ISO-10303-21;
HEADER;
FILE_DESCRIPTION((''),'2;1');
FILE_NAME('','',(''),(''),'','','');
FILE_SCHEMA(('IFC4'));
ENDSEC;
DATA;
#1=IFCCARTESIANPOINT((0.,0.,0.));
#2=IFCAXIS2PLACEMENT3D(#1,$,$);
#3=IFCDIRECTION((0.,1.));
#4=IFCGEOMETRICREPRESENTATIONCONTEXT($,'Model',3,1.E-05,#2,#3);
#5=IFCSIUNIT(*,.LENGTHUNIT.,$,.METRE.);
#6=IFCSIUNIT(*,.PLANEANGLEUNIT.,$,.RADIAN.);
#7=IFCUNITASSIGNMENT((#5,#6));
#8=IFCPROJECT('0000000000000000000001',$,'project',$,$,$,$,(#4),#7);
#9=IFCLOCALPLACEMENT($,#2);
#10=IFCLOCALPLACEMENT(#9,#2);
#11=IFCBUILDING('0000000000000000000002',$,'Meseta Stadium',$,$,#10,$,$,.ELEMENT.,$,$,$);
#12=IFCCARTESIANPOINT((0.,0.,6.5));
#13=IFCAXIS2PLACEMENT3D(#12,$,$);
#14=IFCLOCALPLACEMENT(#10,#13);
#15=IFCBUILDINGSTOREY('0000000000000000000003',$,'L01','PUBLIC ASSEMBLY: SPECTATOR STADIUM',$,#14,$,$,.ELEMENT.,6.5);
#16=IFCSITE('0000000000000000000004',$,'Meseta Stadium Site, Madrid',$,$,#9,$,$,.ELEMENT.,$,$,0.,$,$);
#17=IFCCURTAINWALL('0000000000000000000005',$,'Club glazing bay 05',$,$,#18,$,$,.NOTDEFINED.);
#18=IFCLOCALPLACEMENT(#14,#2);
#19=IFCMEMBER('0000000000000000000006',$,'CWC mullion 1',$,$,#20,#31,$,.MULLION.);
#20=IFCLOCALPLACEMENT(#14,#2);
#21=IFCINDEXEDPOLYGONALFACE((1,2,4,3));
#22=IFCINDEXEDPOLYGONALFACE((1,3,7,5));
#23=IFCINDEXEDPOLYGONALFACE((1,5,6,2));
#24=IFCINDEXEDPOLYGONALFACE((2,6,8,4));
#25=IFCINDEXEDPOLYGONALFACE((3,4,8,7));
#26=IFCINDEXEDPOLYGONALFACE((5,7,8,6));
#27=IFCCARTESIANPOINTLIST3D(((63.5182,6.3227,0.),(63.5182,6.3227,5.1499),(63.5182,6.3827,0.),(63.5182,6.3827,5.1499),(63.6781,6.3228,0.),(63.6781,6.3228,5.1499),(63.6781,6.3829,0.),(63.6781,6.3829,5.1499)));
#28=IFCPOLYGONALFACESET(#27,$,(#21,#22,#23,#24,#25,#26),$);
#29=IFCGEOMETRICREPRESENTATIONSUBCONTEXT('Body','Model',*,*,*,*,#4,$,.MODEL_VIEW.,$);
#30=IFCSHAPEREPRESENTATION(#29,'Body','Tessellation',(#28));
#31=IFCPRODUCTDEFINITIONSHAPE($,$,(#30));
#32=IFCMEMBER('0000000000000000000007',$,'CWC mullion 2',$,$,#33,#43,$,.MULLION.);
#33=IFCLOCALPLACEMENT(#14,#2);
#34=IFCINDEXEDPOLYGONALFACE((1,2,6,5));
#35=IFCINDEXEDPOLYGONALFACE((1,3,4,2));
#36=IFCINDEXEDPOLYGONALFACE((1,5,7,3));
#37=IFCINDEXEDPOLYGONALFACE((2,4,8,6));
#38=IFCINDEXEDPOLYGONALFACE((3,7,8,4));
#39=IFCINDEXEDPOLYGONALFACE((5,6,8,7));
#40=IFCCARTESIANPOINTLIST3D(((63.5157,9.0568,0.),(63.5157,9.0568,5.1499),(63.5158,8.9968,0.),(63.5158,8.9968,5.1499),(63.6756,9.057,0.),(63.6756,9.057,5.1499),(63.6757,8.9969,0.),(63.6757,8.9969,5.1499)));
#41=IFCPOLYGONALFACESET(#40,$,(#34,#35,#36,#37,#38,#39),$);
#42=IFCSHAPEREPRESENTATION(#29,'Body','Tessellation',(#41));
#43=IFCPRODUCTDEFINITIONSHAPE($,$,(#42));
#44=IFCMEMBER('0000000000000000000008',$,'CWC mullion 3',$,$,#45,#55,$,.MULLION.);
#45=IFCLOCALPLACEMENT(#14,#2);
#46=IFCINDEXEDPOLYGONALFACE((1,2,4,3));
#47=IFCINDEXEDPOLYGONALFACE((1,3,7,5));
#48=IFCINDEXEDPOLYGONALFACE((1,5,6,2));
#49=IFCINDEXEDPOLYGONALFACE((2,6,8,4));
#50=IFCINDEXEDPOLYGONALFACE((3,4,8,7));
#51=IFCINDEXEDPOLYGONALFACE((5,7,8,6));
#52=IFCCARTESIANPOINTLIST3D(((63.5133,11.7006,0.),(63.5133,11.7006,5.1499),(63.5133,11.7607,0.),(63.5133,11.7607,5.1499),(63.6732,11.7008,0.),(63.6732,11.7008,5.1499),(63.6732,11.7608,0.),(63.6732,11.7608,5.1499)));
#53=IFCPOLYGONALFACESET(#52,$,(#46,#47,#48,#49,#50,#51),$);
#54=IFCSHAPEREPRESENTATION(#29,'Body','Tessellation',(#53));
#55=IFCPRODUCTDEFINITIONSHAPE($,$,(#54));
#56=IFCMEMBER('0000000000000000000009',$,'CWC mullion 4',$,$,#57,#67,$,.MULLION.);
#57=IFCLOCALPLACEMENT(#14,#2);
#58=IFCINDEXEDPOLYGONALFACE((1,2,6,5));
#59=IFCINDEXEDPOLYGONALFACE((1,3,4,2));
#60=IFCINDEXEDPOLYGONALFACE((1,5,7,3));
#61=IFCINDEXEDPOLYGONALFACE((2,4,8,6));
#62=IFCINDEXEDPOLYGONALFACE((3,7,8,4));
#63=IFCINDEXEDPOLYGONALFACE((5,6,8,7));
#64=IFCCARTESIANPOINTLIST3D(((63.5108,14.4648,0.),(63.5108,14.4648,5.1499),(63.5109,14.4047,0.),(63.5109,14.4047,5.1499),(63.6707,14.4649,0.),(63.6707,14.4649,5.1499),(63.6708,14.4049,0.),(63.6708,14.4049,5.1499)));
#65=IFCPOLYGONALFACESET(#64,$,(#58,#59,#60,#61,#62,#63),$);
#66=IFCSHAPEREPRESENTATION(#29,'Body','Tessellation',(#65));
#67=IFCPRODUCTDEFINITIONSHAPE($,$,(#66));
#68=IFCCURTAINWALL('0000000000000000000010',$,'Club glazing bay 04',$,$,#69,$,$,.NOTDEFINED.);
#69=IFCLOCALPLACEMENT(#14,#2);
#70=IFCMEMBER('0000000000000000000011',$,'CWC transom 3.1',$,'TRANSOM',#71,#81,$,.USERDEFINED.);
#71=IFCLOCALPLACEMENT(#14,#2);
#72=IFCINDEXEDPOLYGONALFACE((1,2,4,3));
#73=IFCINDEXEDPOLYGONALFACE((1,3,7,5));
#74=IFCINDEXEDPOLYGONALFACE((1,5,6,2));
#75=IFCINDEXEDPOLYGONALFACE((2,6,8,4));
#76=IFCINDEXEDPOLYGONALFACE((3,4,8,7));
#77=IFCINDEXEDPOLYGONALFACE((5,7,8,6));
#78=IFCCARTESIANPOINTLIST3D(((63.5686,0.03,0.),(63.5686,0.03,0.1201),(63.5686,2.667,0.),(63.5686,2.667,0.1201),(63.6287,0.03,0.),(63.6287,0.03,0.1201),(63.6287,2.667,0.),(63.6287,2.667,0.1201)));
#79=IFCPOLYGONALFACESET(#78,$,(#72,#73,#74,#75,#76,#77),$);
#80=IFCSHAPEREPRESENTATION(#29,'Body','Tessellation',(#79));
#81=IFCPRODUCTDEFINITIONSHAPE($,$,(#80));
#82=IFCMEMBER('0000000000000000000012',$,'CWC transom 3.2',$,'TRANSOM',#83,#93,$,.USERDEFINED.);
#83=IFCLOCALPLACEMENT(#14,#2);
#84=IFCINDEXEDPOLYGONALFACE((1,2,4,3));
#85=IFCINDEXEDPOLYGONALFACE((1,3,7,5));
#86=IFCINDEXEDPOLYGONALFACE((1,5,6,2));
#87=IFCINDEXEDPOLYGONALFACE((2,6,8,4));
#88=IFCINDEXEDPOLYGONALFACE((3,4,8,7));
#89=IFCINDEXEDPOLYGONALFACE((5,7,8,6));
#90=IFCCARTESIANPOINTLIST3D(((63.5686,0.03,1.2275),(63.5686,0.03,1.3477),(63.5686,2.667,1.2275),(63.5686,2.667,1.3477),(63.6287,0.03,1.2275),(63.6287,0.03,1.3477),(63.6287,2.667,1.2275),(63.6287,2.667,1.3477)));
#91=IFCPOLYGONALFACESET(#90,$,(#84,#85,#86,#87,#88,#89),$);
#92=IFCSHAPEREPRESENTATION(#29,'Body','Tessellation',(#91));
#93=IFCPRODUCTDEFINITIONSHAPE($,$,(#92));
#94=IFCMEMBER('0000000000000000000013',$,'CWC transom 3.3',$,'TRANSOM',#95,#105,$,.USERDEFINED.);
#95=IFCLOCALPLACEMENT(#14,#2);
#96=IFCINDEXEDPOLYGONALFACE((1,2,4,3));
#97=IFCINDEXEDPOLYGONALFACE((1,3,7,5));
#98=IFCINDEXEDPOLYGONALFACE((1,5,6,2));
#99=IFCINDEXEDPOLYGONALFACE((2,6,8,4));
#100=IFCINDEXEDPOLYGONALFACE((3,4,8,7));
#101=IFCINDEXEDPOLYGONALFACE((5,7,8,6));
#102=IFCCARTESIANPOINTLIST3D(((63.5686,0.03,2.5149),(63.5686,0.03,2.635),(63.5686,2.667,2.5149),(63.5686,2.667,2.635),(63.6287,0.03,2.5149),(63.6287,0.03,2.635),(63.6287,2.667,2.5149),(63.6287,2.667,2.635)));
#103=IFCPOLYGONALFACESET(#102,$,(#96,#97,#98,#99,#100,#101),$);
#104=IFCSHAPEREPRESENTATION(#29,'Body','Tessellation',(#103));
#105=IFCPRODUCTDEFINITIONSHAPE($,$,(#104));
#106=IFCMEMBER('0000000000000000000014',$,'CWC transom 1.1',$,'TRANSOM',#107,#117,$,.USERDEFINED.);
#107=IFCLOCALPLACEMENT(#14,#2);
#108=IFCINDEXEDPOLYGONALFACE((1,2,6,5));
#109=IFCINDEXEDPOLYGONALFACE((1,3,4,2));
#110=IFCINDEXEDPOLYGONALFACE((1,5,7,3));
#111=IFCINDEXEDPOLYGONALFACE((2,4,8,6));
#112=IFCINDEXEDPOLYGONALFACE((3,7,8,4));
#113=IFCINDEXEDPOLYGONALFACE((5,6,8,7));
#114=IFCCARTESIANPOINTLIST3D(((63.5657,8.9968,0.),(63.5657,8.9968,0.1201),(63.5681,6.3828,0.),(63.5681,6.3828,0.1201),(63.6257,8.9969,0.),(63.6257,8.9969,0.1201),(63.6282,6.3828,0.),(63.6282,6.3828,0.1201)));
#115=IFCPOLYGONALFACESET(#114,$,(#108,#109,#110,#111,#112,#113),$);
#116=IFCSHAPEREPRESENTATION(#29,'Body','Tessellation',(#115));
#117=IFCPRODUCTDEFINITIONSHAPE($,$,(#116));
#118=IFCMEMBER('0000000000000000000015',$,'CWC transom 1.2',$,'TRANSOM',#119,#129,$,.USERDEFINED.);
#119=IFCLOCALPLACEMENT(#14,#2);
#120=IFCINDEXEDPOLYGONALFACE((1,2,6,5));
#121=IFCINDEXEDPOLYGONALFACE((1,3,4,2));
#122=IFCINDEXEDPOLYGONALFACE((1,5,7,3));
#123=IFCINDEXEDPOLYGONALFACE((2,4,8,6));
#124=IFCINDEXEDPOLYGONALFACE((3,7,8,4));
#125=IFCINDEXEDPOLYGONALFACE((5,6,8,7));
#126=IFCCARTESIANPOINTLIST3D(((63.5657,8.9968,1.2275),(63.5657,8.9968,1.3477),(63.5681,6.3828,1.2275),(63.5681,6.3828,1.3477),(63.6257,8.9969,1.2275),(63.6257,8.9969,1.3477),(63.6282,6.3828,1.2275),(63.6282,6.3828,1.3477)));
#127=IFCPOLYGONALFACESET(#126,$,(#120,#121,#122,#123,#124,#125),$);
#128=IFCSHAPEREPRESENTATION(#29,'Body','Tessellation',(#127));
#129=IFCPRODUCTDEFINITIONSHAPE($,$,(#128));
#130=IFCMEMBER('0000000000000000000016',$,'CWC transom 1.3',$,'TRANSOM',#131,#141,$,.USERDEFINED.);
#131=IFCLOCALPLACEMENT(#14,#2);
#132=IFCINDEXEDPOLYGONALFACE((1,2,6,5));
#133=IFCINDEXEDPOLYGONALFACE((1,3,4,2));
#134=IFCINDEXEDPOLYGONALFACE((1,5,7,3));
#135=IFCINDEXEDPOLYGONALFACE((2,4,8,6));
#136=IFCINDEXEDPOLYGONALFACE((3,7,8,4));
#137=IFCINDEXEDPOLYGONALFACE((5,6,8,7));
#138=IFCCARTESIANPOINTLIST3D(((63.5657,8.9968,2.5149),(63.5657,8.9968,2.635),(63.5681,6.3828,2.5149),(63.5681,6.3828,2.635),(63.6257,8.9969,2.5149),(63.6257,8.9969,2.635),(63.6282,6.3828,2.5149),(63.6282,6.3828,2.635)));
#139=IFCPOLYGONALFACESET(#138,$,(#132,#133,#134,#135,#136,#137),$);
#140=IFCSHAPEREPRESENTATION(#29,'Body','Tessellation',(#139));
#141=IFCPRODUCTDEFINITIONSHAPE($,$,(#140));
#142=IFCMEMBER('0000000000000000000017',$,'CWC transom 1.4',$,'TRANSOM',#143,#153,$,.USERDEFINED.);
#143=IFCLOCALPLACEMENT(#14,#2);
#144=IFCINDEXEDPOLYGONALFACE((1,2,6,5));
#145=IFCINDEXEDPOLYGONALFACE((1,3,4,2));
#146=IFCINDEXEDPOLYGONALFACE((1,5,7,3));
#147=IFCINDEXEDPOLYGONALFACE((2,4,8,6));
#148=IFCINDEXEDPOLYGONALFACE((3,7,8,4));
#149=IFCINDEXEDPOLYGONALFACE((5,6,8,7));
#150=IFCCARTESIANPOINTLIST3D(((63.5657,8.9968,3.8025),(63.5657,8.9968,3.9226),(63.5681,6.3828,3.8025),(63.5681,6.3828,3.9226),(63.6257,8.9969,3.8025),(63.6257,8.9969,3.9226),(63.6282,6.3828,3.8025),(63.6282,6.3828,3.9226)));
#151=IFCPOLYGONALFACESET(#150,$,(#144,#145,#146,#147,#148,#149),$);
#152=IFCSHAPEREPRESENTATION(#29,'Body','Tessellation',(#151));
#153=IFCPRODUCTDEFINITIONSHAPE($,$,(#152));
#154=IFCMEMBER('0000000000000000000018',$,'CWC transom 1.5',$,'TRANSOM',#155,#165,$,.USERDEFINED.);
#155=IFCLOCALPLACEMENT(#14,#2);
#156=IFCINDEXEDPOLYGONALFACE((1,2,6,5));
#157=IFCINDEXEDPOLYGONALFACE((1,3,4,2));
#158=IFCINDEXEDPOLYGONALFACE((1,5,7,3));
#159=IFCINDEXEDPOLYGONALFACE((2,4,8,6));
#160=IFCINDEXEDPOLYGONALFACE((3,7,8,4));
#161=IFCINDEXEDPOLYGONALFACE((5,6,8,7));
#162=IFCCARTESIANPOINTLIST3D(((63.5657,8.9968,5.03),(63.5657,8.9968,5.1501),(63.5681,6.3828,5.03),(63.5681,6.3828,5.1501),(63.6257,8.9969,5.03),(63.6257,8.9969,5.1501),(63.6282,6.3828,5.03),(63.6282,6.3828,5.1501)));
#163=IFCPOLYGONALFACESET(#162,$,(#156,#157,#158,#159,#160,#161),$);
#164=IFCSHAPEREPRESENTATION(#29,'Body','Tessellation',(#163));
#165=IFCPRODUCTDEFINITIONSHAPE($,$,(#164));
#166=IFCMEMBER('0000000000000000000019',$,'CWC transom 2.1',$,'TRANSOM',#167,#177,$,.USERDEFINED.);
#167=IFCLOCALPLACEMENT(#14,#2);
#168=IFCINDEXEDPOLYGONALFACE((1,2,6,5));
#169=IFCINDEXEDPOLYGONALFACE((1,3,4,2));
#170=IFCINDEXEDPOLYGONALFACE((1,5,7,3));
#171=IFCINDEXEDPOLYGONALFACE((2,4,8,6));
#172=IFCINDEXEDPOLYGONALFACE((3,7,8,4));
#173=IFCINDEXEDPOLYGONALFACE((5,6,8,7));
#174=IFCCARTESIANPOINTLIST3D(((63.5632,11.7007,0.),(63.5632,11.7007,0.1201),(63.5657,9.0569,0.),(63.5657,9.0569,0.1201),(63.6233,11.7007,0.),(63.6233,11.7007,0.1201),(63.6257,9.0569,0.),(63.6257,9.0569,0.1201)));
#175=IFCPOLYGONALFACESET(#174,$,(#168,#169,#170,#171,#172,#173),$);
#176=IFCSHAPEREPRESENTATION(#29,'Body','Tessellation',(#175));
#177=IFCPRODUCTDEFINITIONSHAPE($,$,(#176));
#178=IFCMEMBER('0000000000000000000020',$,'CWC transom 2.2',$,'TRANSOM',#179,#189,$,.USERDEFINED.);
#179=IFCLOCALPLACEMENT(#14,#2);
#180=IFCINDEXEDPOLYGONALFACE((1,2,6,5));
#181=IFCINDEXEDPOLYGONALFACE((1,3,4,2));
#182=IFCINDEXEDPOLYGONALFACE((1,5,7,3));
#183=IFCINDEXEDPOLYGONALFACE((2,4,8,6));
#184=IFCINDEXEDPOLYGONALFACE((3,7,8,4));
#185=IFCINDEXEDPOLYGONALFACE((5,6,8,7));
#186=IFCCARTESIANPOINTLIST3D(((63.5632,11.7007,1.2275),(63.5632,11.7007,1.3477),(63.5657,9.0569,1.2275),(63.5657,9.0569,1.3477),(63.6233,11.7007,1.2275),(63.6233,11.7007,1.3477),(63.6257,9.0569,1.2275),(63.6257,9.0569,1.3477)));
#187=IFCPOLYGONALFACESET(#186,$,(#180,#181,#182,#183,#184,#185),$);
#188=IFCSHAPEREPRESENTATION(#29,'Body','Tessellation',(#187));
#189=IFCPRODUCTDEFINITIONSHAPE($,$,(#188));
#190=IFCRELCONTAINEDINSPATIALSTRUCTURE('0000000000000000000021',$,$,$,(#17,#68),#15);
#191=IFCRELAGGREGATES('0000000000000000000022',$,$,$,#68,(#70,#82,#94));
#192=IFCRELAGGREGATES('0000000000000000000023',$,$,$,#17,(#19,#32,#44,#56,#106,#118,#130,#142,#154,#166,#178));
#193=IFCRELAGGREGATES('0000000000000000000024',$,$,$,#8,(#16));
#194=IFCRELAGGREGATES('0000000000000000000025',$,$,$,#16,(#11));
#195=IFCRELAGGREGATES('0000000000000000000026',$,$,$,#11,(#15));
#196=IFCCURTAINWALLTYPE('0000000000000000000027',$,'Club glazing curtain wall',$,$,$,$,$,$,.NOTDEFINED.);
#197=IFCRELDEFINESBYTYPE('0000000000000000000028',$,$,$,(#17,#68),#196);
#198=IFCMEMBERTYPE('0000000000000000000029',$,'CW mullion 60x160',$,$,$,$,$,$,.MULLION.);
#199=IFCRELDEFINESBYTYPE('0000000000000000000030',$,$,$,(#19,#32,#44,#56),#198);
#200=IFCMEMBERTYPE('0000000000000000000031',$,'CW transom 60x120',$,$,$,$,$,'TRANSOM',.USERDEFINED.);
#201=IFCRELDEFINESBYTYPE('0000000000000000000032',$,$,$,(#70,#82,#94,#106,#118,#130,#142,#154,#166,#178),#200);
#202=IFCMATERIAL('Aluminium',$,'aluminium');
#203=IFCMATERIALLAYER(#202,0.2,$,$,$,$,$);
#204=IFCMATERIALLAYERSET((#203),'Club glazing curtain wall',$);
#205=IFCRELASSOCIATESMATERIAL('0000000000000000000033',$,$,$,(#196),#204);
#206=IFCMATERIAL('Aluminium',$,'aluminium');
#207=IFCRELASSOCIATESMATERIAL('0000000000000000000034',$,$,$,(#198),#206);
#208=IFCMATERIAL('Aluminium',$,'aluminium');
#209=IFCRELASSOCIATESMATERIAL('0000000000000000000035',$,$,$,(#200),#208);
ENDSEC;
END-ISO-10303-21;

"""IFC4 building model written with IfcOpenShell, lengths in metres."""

from ifc_helpers import new_model, si_unit, direction, frame, origin, origin_2d, place, context, subcontext, project, spatial, rectangle, extrude, material, layer, layer_set, material_profile, profile_set, type_object, element, aggregate, save


model = new_model("IFC4")

# Units and contexts
model_context = context("Model", 3, precision=1e-05, world=origin(), true_north=direction((0.0, 1.0)))
body_context = subcontext(model_context, "Body", "Model", "MODEL_VIEW")
ifc_project = project(units=[si_unit("LENGTHUNIT", "METRE"), si_unit("PLANEANGLEUNIT", "RADIAN")], contexts=[model_context])

# Site, building, storey
site_placement = place(None, origin())
site = spatial("IfcSite", under=ifc_project, at=site_placement, Name="Meseta Stadium Site, Madrid", CompositionType="ELEMENT", RefElevation=0.0)
building_placement = place(site_placement, origin())
building = spatial("IfcBuilding", under=site, at=building_placement, Name="Meseta Stadium", CompositionType="ELEMENT")
storey_placement = place(building_placement, frame((0.0, 0.0, 6.5)))
storey = spatial("IfcBuildingStorey", under=building, at=storey_placement, Name="L01", Description="PUBLIC ASSEMBLY: SPECTATOR STADIUM", CompositionType="ELEMENT", Elevation=6.5)

# Curtain walls, members
ifc_material_1 = material(Name="Aluminium", Category="aluminium")
ifc_layer_1 = layer(ifc_material_1, 0.2)
ifc_layer_set_1 = layer_set([ifc_layer_1], Name="Club glazing curtain wall")
curtain_wall_type = type_object("IfcCurtainWallType", Name="Club glazing curtain wall", PredefinedType="NOTDEFINED", material=ifc_layer_set_1)
curtain_wall_1_placement = place(storey_placement, origin())
curtain_wall_1 = element("IfcCurtainWall", 1, at=curtain_wall_1_placement, inside=storey, type_object=curtain_wall_type, Name="Club glazing bay 05", PredefinedType="NOTDEFINED")
ifc_material_2 = material(Name="Aluminium", Category="aluminium")
ifc_material_profile_1 = material_profile(ifc_material_2, rectangle(XDim=0.1599, YDim=0.0601, at=origin_2d()), Name="CW 160x60")
ifc_profile_set_1 = profile_set([ifc_material_profile_1], Name="Aluminium")
member_type_1 = type_object("IfcMemberType", Name="CW mullion 60x160", PredefinedType="MULLION", material=ifc_profile_set_1)
member_1_placement = place(storey_placement, frame((63.5981, 6.3528, 0.0), z_axis=(0.0, 0.0, 1.0), x_axis=(-1.0, -0.000925, 0.0)))
member_1 = element("IfcMember", 2, at=member_1_placement, type_object=member_type_1, Name="CWC mullion 1", PredefinedType="MULLION", context=body_context, shape_type="SweptSolid", body=[
    extrude(rectangle(XDim=0.1599, YDim=0.0601, at=origin_2d()), origin(), (0.0, 0.0, 1.0), 5.1499),
])
member_2_placement = place(storey_placement, frame((63.5957, 9.0269, 0.0), z_axis=(0.0, 0.0, 1.0), x_axis=(-1.0, -0.000925, 0.0)))
member_2 = element("IfcMember", 3, at=member_2_placement, type_object=member_type_1, Name="CWC mullion 2", PredefinedType="MULLION", context=body_context, shape_type="SweptSolid", body=[
    extrude(rectangle(XDim=0.1599, YDim=0.0601, at=origin_2d()), origin(), (0.0, 0.0, 1.0), 5.1499),
])
member_3_placement = place(storey_placement, frame((63.5933, 11.7307, 0.0), z_axis=(0.0, 0.0, 1.0), x_axis=(-1.0, -0.000925, 0.0)))
member_3 = element("IfcMember", 4, at=member_3_placement, type_object=member_type_1, Name="CWC mullion 3", PredefinedType="MULLION", context=body_context, shape_type="SweptSolid", body=[
    extrude(rectangle(XDim=0.1599, YDim=0.0601, at=origin_2d()), origin(), (0.0, 0.0, 1.0), 5.1499),
])
member_4_placement = place(storey_placement, frame((63.5908, 14.4348, 0.0), z_axis=(0.0, 0.0, 1.0), x_axis=(-1.0, -0.000925, 0.0)))
member_4 = element("IfcMember", 5, at=member_4_placement, type_object=member_type_1, Name="CWC mullion 4", PredefinedType="MULLION", context=body_context, shape_type="SweptSolid", body=[
    extrude(rectangle(XDim=0.1599, YDim=0.0601, at=origin_2d()), origin(), (0.0, 0.0, 1.0), 5.1499),
])
curtain_wall_2_placement = place(storey_placement, origin())
curtain_wall_2 = element("IfcCurtainWall", 6, at=curtain_wall_2_placement, inside=storey, type_object=curtain_wall_type, Name="Club glazing bay 04", PredefinedType="NOTDEFINED")
ifc_material_3 = material(Name="Aluminium", Category="aluminium")
ifc_material_profile_2 = material_profile(ifc_material_3, rectangle(XDim=0.0601, YDim=0.1201, at=origin_2d()), Name="CW 60x120")
ifc_profile_set_2 = profile_set([ifc_material_profile_2], Name="Aluminium")
member_type_2 = type_object("IfcMemberType", Name="CW transom 60x120", ElementType="TRANSOM", PredefinedType="USERDEFINED", material=ifc_profile_set_2)
member_5_placement = place(storey_placement, frame((63.5986, 0.03, 0.0601), z_axis=(0.0, 1.0, 0.0), x_axis=(-1.0, 0.0, 0.0)))
member_5 = element("IfcMember", 7, at=member_5_placement, type_object=member_type_2, Name="CWC transom 3.1", ObjectType="TRANSOM", PredefinedType="USERDEFINED", context=body_context, shape_type="SweptSolid", body=[
    extrude(rectangle(XDim=0.0601, YDim=0.1201, at=origin_2d()), origin(), (0.0, 0.0, 1.0), 2.637),
])
member_6_placement = place(storey_placement, frame((63.5986, 0.03, 1.2876), z_axis=(0.0, 1.0, 0.0), x_axis=(-1.0, 0.0, 0.0)))
member_6 = element("IfcMember", 8, at=member_6_placement, type_object=member_type_2, Name="CWC transom 3.2", ObjectType="TRANSOM", PredefinedType="USERDEFINED", context=body_context, shape_type="SweptSolid", body=[
    extrude(rectangle(XDim=0.0601, YDim=0.1201, at=origin_2d()), origin(), (0.0, 0.0, 1.0), 2.637),
])
member_7_placement = place(storey_placement, frame((63.5986, 0.03, 2.575), z_axis=(0.0, 1.0, 0.0), x_axis=(-1.0, 0.0, 0.0)))
member_7 = element("IfcMember", 9, at=member_7_placement, type_object=member_type_2, Name="CWC transom 3.3", ObjectType="TRANSOM", PredefinedType="USERDEFINED", context=body_context, shape_type="SweptSolid", body=[
    extrude(rectangle(XDim=0.0601, YDim=0.1201, at=origin_2d()), origin(), (0.0, 0.0, 1.0), 2.637),
])
aggregate(curtain_wall_2, [member_5, member_6, member_7])

# Members
member_8_placement = place(storey_placement, frame((63.5981, 6.3828, 0.0601), z_axis=(-0.000934, 1.0, 0.0), x_axis=(-1.0, -0.000934, 0.0)))
member_8 = element("IfcMember", 10, at=member_8_placement, type_object=member_type_2, Name="CWC transom 1.1", ObjectType="TRANSOM", PredefinedType="USERDEFINED", context=body_context, shape_type="SweptSolid", body=[
    extrude(rectangle(XDim=0.0601, YDim=0.1201, at=origin_2d()), origin(), (0.0, 0.0, 1.0), 2.614),
])
member_9_placement = place(storey_placement, frame((63.5981, 6.3828, 1.2876), z_axis=(-0.000934, 1.0, 0.0), x_axis=(-1.0, -0.000934, 0.0)))
member_9 = element("IfcMember", 11, at=member_9_placement, type_object=member_type_2, Name="CWC transom 1.2", ObjectType="TRANSOM", PredefinedType="USERDEFINED", context=body_context, shape_type="SweptSolid", body=[
    extrude(rectangle(XDim=0.0601, YDim=0.1201, at=origin_2d()), origin(), (0.0, 0.0, 1.0), 2.614),
])
member_10_placement = place(storey_placement, frame((63.5981, 6.3828, 2.575), z_axis=(-0.000934, 1.0, 0.0), x_axis=(-1.0, -0.000934, 0.0)))
member_10 = element("IfcMember", 12, at=member_10_placement, type_object=member_type_2, Name="CWC transom 1.3", ObjectType="TRANSOM", PredefinedType="USERDEFINED", context=body_context, shape_type="SweptSolid", body=[
    extrude(rectangle(XDim=0.0601, YDim=0.1201, at=origin_2d()), origin(), (0.0, 0.0, 1.0), 2.614),
])
member_11_placement = place(storey_placement, frame((63.5981, 6.3828, 3.8625), z_axis=(-0.000934, 1.0, 0.0), x_axis=(-1.0, -0.000934, 0.0)))
member_11 = element("IfcMember", 13, at=member_11_placement, type_object=member_type_2, Name="CWC transom 1.4", ObjectType="TRANSOM", PredefinedType="USERDEFINED", context=body_context, shape_type="SweptSolid", body=[
    extrude(rectangle(XDim=0.0601, YDim=0.1201, at=origin_2d()), origin(), (0.0, 0.0, 1.0), 2.614),
])
member_12_placement = place(storey_placement, frame((63.5981, 6.3828, 5.0901), z_axis=(-0.000934, 1.0, 0.0), x_axis=(-1.0, -0.000934, 0.0)))
member_12 = element("IfcMember", 14, at=member_12_placement, type_object=member_type_2, Name="CWC transom 1.5", ObjectType="TRANSOM", PredefinedType="USERDEFINED", context=body_context, shape_type="SweptSolid", body=[
    extrude(rectangle(XDim=0.0601, YDim=0.1201, at=origin_2d()), origin(), (0.0, 0.0, 1.0), 2.614),
])
member_13_placement = place(storey_placement, frame((63.5957, 9.0569, 0.0601), z_axis=(-0.000923, 1.0, 0.0), x_axis=(-1.0, -0.000923, 0.0)))
member_13 = element("IfcMember", 15, at=member_13_placement, type_object=member_type_2, Name="CWC transom 2.1", ObjectType="TRANSOM", PredefinedType="USERDEFINED", context=body_context, shape_type="SweptSolid", body=[
    extrude(rectangle(XDim=0.0601, YDim=0.1201, at=origin_2d()), origin(), (0.0, 0.0, 1.0), 2.6438),
])
member_14_placement = place(storey_placement, frame((63.5957, 9.0569, 1.2876), z_axis=(-0.000923, 1.0, 0.0), x_axis=(-1.0, -0.000923, 0.0)))
member_14 = element("IfcMember", 16, at=member_14_placement, type_object=member_type_2, Name="CWC transom 2.2", ObjectType="TRANSOM", PredefinedType="USERDEFINED", context=body_context, shape_type="SweptSolid", body=[
    extrude(rectangle(XDim=0.0601, YDim=0.1201, at=origin_2d()), origin(), (0.0, 0.0, 1.0), 2.6438),
])

aggregate(curtain_wall_1, [member_1, member_2, member_3, member_4, member_8, member_9, member_10, member_11, member_12, member_13, member_14])

save(model, "model.ifc")
